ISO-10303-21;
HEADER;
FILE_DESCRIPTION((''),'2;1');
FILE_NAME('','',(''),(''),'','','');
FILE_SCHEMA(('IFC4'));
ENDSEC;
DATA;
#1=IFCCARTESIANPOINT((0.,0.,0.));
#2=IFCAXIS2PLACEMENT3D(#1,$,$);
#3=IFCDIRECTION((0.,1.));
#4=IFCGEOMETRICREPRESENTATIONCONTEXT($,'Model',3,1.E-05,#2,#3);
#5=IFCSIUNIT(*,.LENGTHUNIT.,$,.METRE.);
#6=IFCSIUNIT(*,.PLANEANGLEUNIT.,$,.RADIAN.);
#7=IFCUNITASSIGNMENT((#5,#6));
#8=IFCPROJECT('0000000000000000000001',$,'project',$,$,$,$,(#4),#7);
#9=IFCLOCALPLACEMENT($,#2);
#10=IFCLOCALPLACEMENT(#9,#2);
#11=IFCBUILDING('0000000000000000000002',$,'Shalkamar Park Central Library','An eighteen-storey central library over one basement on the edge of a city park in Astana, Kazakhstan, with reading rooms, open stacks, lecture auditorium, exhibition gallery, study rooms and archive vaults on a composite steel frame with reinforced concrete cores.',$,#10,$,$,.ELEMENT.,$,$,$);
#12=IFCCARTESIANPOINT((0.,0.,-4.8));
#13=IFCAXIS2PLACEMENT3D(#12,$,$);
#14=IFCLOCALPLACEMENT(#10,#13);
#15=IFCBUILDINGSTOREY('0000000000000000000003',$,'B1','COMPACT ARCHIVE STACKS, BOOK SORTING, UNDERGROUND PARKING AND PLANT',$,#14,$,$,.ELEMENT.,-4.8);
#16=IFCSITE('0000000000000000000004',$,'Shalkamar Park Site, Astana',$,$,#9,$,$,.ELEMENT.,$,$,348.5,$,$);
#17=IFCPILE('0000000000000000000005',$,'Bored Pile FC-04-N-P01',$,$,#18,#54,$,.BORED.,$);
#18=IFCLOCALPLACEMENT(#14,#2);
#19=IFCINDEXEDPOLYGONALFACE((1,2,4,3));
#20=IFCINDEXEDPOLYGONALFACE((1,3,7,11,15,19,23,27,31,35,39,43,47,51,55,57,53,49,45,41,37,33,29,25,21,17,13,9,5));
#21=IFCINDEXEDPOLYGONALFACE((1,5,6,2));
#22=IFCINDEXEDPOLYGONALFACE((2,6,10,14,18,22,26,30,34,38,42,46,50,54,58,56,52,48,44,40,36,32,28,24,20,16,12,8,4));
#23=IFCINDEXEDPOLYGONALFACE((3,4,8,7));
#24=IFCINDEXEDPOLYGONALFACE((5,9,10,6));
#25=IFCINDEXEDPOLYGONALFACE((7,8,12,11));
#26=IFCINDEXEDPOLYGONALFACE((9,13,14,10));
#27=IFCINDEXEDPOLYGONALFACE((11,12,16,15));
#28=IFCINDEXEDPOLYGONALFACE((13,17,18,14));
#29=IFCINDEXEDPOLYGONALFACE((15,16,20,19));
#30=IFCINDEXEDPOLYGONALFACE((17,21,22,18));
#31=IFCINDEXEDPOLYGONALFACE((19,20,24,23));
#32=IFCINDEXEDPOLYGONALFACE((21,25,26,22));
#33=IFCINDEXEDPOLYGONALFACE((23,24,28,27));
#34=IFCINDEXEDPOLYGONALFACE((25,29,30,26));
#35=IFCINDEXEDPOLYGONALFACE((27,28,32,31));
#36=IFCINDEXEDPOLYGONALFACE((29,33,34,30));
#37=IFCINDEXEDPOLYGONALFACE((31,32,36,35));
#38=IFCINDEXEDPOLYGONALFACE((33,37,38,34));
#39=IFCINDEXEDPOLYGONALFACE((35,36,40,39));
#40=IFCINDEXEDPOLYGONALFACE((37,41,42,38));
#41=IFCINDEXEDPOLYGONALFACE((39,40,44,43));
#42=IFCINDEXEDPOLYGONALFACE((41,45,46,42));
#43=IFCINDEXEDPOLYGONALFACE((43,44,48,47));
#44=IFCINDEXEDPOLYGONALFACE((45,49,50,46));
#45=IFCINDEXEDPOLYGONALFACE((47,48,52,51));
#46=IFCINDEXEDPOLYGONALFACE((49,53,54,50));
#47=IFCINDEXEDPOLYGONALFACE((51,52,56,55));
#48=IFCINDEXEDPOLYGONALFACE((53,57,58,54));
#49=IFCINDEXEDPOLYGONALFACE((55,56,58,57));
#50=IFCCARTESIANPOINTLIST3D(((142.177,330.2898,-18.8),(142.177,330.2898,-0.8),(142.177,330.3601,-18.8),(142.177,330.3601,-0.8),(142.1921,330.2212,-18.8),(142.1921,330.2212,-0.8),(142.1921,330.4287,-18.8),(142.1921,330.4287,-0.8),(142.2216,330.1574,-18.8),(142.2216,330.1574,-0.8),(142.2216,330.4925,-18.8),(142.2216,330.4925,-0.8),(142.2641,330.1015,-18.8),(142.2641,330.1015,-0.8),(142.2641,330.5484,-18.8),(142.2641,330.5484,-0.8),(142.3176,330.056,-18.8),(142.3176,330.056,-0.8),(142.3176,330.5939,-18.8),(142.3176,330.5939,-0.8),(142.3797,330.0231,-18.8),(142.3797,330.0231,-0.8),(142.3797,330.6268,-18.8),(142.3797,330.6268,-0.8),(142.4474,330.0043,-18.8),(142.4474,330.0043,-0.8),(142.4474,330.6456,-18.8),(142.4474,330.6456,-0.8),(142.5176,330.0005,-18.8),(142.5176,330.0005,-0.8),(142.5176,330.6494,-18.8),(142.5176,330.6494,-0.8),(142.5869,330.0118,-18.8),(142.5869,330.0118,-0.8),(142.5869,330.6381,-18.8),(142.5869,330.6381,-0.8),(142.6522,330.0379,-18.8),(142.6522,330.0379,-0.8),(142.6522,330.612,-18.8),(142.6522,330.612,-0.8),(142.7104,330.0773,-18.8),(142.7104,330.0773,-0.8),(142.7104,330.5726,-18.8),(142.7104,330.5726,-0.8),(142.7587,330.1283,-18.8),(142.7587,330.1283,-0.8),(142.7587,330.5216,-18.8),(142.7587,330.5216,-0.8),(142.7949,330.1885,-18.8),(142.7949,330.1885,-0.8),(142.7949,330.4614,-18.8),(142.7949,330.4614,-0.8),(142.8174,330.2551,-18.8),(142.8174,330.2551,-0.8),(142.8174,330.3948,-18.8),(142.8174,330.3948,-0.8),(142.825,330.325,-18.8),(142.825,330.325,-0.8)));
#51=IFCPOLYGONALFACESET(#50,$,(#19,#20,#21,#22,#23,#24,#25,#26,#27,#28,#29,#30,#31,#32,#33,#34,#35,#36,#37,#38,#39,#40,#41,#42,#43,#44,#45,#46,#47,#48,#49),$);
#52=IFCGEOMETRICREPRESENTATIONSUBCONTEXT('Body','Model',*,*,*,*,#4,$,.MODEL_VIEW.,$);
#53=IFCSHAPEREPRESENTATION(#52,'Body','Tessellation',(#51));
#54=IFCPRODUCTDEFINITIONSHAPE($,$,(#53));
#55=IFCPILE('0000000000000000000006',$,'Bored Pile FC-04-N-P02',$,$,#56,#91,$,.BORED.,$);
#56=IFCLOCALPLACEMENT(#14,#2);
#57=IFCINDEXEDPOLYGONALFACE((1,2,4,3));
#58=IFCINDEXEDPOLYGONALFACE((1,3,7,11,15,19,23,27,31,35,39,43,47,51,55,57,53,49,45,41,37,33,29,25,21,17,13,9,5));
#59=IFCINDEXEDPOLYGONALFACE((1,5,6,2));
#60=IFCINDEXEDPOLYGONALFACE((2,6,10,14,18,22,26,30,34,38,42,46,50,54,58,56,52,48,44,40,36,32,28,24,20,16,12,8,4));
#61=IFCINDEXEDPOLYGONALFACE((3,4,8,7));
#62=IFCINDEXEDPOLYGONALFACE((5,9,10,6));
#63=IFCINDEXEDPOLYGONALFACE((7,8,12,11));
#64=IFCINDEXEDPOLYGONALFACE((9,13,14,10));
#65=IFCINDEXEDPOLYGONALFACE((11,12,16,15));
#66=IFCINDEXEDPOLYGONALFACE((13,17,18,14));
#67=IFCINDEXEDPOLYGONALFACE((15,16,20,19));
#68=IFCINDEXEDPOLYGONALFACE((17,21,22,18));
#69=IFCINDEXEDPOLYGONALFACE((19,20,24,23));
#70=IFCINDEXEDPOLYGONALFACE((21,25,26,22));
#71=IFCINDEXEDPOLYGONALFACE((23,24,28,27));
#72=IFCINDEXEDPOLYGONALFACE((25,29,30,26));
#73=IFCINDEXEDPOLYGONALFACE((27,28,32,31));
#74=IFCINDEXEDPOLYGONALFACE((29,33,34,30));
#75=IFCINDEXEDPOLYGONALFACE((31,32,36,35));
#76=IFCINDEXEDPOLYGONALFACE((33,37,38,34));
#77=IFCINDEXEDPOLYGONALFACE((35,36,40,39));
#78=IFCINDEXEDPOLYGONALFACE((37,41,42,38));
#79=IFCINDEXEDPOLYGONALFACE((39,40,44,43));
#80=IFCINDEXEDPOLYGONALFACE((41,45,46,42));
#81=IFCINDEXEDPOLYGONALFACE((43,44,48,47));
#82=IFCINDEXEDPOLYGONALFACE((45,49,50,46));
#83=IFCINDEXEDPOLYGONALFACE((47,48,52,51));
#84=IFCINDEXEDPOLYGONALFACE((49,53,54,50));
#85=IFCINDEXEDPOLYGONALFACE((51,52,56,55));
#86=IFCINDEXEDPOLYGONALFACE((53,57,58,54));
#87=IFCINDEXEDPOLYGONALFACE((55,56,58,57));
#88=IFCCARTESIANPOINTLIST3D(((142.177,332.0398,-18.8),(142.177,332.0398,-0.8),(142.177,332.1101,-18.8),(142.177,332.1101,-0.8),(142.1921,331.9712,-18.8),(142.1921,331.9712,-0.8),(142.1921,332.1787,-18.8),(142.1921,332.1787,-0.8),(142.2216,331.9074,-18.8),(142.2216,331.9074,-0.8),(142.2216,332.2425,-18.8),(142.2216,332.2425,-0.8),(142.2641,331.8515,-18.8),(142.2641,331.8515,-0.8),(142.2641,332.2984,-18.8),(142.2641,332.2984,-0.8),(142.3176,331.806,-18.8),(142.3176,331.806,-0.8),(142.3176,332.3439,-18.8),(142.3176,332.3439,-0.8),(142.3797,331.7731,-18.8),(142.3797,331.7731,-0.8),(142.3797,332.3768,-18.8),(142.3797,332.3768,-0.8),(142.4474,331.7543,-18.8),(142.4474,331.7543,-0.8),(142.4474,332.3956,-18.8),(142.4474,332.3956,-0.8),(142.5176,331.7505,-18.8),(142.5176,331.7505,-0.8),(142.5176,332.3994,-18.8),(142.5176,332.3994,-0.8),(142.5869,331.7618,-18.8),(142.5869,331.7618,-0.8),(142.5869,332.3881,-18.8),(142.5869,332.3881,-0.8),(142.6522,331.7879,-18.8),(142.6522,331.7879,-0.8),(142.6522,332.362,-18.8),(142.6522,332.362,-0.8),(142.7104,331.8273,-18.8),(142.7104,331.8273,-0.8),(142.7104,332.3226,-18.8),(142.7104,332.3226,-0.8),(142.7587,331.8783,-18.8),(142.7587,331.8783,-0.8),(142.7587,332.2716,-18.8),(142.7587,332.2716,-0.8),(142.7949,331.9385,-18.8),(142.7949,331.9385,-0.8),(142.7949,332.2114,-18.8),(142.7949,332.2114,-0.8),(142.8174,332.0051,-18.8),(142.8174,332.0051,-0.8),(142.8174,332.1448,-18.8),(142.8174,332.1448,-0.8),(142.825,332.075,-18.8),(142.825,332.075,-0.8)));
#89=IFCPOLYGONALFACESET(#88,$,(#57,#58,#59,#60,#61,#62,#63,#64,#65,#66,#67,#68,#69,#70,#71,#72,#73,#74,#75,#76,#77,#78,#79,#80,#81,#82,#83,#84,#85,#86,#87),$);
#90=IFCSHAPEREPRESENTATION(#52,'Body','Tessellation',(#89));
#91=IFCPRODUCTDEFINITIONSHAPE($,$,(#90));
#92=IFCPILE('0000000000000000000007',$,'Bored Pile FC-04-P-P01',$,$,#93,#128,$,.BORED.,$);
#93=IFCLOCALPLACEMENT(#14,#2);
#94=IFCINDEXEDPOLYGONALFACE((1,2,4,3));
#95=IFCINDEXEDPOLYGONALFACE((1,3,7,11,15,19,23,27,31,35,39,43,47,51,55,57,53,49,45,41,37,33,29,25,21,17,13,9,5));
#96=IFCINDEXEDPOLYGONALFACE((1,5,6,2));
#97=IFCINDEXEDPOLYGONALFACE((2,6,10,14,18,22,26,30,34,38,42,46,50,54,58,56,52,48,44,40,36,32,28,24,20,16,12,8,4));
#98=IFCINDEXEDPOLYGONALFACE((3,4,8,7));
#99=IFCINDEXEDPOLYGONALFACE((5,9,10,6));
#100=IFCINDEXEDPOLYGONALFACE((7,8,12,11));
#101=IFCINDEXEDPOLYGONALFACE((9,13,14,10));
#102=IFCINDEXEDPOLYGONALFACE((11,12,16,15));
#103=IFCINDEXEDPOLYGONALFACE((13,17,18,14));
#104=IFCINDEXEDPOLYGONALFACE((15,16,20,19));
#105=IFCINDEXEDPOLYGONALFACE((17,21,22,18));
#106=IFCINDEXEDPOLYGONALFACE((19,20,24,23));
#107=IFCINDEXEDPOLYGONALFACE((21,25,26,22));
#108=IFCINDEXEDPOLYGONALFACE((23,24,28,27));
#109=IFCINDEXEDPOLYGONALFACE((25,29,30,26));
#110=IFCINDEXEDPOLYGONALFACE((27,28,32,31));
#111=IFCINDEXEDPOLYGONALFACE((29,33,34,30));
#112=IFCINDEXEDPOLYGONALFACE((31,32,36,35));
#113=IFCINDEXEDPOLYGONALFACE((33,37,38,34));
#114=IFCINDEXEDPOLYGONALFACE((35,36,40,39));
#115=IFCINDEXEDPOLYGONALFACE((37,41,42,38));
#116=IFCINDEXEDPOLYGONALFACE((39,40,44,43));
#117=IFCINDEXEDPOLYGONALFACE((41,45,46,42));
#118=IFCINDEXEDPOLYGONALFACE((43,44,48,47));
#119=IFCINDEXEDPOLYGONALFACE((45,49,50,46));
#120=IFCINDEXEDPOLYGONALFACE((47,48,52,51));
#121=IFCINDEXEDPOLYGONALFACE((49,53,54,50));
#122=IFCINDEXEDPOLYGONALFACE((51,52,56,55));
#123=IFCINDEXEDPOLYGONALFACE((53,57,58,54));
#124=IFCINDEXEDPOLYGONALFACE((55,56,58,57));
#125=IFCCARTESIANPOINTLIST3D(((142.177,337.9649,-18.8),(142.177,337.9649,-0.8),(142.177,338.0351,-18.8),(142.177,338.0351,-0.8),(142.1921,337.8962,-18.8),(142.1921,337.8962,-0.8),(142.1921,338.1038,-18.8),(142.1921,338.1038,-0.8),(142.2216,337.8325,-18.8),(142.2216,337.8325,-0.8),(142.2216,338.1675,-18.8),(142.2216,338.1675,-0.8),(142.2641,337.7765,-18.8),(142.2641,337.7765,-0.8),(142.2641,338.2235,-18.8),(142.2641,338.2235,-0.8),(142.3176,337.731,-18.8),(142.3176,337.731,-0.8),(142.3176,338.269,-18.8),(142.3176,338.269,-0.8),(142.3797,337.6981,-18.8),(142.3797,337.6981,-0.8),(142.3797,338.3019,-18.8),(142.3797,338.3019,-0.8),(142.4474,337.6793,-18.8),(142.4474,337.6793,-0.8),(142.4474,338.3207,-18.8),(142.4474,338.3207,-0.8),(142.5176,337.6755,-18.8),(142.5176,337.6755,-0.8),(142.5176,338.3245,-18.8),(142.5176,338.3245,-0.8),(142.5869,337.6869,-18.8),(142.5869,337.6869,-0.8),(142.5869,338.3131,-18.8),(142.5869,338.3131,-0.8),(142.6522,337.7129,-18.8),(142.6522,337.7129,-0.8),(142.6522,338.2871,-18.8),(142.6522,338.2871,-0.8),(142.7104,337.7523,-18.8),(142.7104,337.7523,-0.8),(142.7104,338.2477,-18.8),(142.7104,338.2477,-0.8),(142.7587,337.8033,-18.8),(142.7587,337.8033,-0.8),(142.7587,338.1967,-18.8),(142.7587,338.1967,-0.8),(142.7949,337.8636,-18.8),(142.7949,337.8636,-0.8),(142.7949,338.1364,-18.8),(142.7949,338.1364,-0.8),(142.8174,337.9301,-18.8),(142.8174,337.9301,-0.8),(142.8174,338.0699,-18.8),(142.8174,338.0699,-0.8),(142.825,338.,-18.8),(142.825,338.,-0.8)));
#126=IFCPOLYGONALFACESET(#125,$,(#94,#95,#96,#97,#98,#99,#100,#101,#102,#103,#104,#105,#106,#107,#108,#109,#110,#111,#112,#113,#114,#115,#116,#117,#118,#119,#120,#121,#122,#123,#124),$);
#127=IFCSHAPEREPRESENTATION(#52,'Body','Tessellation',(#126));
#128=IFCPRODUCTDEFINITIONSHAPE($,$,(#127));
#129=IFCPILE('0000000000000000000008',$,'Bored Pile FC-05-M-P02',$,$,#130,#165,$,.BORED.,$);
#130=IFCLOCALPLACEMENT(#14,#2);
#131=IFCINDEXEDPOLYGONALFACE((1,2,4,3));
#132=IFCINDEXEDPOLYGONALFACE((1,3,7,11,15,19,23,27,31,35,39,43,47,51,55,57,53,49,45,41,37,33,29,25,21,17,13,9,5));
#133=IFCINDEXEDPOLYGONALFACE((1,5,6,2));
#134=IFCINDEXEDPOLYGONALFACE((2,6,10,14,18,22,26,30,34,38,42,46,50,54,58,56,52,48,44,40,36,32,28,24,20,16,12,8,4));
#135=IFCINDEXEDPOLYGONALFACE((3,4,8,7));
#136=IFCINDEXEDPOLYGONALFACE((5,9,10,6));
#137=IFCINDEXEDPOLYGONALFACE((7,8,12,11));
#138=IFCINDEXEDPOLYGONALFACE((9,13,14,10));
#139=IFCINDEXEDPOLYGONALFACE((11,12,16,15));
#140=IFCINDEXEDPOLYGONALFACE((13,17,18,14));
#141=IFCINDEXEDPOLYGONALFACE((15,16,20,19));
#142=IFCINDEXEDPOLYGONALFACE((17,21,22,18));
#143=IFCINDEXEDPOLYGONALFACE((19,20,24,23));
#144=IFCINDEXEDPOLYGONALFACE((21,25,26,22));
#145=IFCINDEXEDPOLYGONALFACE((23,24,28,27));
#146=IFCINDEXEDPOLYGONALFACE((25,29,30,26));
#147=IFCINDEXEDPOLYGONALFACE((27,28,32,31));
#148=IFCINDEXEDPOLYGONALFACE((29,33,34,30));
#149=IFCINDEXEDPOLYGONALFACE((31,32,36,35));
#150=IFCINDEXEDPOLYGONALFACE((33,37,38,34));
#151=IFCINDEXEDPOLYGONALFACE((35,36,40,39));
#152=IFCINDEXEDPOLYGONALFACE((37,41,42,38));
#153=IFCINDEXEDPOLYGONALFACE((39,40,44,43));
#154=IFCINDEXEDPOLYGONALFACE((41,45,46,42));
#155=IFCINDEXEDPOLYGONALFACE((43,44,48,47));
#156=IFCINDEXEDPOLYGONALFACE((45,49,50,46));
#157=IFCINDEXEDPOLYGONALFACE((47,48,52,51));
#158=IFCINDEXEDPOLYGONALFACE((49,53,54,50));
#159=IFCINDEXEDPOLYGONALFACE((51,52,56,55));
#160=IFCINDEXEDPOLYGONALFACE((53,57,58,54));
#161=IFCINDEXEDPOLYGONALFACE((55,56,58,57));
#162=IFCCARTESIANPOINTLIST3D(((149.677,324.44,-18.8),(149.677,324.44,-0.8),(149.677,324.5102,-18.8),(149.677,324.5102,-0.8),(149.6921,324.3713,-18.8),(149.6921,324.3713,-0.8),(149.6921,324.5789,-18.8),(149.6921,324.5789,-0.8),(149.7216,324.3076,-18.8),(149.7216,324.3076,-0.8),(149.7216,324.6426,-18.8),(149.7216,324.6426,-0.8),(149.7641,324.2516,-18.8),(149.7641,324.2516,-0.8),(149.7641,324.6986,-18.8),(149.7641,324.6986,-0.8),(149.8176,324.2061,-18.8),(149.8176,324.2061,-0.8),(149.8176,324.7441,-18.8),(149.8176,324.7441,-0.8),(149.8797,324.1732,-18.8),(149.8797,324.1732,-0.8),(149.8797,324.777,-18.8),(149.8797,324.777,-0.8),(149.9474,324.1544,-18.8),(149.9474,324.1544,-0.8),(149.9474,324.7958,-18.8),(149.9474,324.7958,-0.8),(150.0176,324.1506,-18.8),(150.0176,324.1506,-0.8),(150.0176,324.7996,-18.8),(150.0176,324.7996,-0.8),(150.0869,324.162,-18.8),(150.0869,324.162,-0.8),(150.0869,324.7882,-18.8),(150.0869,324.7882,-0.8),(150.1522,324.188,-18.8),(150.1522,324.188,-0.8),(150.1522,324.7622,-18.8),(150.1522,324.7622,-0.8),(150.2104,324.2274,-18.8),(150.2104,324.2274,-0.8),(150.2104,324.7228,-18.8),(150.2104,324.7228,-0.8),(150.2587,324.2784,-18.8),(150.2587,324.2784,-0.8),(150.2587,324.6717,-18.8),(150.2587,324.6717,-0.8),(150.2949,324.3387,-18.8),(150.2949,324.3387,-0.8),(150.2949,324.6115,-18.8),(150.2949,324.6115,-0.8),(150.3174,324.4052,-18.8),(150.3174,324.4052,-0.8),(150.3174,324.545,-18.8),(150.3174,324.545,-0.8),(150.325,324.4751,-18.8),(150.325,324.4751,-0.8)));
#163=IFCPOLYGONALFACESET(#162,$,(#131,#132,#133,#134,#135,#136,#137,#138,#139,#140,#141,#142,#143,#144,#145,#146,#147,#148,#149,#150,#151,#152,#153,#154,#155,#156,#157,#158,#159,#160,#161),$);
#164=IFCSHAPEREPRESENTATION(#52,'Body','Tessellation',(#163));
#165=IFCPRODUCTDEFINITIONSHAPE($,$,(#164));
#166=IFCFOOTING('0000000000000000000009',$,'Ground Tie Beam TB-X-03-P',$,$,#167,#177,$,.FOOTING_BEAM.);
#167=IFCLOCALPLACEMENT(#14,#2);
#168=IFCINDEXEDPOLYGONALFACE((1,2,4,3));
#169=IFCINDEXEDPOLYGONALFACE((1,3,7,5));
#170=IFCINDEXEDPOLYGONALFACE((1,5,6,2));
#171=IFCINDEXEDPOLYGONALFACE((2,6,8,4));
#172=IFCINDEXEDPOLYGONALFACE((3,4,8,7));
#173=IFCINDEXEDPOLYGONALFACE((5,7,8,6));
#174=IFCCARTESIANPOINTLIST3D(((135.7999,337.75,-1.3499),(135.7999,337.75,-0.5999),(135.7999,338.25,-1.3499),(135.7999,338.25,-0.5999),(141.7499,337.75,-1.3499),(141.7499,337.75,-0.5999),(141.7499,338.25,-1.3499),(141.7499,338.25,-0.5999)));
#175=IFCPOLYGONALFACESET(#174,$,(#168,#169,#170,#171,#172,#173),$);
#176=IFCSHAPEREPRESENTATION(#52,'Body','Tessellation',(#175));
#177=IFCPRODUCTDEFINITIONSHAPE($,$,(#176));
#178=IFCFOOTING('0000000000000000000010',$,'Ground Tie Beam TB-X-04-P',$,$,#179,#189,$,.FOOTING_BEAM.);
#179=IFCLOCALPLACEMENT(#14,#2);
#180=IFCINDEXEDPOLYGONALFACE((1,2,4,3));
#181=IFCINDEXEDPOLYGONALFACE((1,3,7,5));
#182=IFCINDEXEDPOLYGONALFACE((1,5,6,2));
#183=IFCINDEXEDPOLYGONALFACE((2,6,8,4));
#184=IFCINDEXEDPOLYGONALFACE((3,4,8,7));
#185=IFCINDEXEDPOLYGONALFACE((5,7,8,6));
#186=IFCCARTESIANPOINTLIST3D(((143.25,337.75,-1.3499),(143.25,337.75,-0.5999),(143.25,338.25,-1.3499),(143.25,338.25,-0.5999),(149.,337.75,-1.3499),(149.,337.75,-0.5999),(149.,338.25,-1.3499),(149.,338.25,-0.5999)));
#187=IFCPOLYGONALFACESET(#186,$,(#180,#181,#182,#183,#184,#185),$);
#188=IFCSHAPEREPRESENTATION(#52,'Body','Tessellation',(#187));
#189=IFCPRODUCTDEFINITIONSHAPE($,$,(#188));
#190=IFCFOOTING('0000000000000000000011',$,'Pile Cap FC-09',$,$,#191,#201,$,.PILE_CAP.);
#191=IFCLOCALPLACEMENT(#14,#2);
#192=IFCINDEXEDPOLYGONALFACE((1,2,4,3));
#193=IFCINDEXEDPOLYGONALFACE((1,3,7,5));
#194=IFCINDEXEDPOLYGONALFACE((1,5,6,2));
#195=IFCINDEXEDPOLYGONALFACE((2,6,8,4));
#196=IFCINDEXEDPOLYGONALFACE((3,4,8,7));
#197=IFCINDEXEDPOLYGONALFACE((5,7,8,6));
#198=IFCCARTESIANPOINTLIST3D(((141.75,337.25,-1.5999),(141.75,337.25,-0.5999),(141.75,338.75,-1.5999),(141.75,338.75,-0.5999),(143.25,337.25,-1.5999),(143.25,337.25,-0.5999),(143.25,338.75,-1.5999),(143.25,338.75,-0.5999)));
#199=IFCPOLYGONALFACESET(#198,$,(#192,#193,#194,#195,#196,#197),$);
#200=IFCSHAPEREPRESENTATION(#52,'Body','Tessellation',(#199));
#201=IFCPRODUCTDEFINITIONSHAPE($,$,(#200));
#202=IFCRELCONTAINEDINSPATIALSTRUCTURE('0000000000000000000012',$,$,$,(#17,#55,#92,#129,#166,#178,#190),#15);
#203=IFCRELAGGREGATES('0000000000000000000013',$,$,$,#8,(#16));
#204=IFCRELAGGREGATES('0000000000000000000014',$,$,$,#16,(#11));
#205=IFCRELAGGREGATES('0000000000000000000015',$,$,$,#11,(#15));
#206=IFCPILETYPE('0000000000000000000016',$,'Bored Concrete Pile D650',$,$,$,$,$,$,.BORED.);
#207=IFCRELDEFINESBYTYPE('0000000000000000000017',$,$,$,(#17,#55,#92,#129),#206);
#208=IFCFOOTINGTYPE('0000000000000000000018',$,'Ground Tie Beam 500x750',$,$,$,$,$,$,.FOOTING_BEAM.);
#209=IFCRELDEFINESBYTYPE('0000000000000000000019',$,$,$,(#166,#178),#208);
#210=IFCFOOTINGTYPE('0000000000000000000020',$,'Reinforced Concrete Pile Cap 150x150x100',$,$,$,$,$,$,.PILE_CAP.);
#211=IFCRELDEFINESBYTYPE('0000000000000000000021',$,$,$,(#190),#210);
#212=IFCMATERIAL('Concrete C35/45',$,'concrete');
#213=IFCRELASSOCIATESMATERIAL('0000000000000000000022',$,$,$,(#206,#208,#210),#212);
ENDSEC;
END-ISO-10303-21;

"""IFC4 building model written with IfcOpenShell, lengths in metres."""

from ifc_helpers import new_model, si_unit, direction, frame, origin, origin_2d, place, context, subcontext, project, spatial, rectangle, circle, extrude, material, material_profile, profile_set, type_object, element, save


model = new_model("IFC4")

# Units and contexts
model_context = context("Model", 3, precision=1e-05, world=origin(), true_north=direction((0.0, 1.0)))
body_context = subcontext(model_context, "Body", "Model", "MODEL_VIEW")
ifc_project = project(units=[si_unit("LENGTHUNIT", "METRE"), si_unit("PLANEANGLEUNIT", "RADIAN")], contexts=[model_context])

# Site, building, storey
site_placement = place(None, origin())
site = spatial("IfcSite", under=ifc_project, at=site_placement, Name="Shalkamar Park Site, Astana", CompositionType="ELEMENT", RefElevation=348.5)
building_placement = place(site_placement, origin())
building = spatial("IfcBuilding", under=site, at=building_placement, Name="Shalkamar Park Central Library", Description="An eighteen-storey central library over one basement on the edge of a city park in Astana, Kazakhstan, with reading rooms, open stacks, lecture auditorium, exhibition gallery, study rooms and archive vaults on a composite steel frame with reinforced concrete cores.", CompositionType="ELEMENT")
storey_placement = place(building_placement, frame((0.0, 0.0, -4.8)))
storey = spatial("IfcBuildingStorey", under=building, at=storey_placement, Name="B1", Description="COMPACT ARCHIVE STACKS, BOOK SORTING, UNDERGROUND PARKING AND PLANT", CompositionType="ELEMENT", Elevation=-4.8)

# Piles
ifc_material_1 = material(Name="Concrete C35/45", Category="concrete")
ifc_material_profile_1 = material_profile(ifc_material_1, circle(Radius=0.325, at=origin_2d()), Name="PILE D650")
ifc_profile_set_1 = profile_set([ifc_material_profile_1], Name="Concrete C35/45")
pile_type = type_object("IfcPileType", Name="Bored Concrete Pile D650", PredefinedType="BORED", material=ifc_profile_set_1)
for number, where, z_axis, x_axis, name in (
    (1, (142.5, 330.325, -0.8), (0.0, 0.0, -1.0), (1.0, 0.0, 0.0), "Bored Pile FC-04-N-P01"),
    (2, (142.5, 332.075, -0.8), (0.0, 0.0, -1.0), (1.0, 0.0, 0.0), "Bored Pile FC-04-N-P02"),
    (3, (142.5, 338.0, -0.8), (0.0, 0.0, -1.0), (1.0, 0.0, 0.0), "Bored Pile FC-04-P-P01"),
    (4, (150.0, 324.4751, -0.8), (0.0, 0.0, -1.0), (1.0, 0.0, 0.0), "Bored Pile FC-05-M-P02"),
):
    element("IfcPile", number, at=place(storey_placement, frame(where, z_axis=z_axis, x_axis=x_axis)), inside=storey, type_object=pile_type, Name=name, PredefinedType="BORED", context=body_context, shape_type="SweptSolid", body=[
        extrude(circle(Radius=0.325, at=origin_2d()), origin(), (0.0, 0.0, 1.0), 18.0),
    ])

# Footings
footing_type_1 = type_object("IfcFootingType", Name="Ground Tie Beam 500x750", PredefinedType="FOOTING_BEAM", material=ifc_material_1)
footing_1_placement = place(storey_placement, frame((138.7749, 338.0, -1.3499), z_axis=(0.0, 0.0, 1.0), x_axis=(1.0, 0.0, 0.0)))
element("IfcFooting", 5, at=footing_1_placement, inside=storey, type_object=footing_type_1, Name="Ground Tie Beam TB-X-03-P", PredefinedType="FOOTING_BEAM", context=body_context, shape_type="SweptSolid", body=[
    extrude(rectangle(XDim=5.95, YDim=0.5, at=origin_2d()), origin(), (0.0, 0.0, 1.0), 0.75),
])
footing_2_placement = place(storey_placement, frame((146.125, 338.0, -1.3499), z_axis=(0.0, 0.0, 1.0), x_axis=(1.0, 0.0, 0.0)))
element("IfcFooting", 6, at=footing_2_placement, inside=storey, type_object=footing_type_1, Name="Ground Tie Beam TB-X-04-P", PredefinedType="FOOTING_BEAM", context=body_context, shape_type="SweptSolid", body=[
    extrude(rectangle(XDim=5.75, YDim=0.5, at=origin_2d()), origin(), (0.0, 0.0, 1.0), 0.75),
])
footing_type_2 = type_object("IfcFootingType", Name="Reinforced Concrete Pile Cap 150x150x100", PredefinedType="PILE_CAP", material=ifc_material_1)
footing_3_placement = place(storey_placement, frame((142.5, 338.0, -1.5999), z_axis=(0.0, 0.0, 1.0), x_axis=(1.0, 0.0, 0.0)))
element("IfcFooting", 7, at=footing_3_placement, inside=storey, type_object=footing_type_2, Name="Pile Cap FC-09", PredefinedType="PILE_CAP", context=body_context, shape_type="SweptSolid", body=[
    extrude(rectangle(XDim=1.5, YDim=1.5, at=origin_2d()), origin(), (0.0, 0.0, 1.0), 1.0),
])

save(model, "model.ifc")
